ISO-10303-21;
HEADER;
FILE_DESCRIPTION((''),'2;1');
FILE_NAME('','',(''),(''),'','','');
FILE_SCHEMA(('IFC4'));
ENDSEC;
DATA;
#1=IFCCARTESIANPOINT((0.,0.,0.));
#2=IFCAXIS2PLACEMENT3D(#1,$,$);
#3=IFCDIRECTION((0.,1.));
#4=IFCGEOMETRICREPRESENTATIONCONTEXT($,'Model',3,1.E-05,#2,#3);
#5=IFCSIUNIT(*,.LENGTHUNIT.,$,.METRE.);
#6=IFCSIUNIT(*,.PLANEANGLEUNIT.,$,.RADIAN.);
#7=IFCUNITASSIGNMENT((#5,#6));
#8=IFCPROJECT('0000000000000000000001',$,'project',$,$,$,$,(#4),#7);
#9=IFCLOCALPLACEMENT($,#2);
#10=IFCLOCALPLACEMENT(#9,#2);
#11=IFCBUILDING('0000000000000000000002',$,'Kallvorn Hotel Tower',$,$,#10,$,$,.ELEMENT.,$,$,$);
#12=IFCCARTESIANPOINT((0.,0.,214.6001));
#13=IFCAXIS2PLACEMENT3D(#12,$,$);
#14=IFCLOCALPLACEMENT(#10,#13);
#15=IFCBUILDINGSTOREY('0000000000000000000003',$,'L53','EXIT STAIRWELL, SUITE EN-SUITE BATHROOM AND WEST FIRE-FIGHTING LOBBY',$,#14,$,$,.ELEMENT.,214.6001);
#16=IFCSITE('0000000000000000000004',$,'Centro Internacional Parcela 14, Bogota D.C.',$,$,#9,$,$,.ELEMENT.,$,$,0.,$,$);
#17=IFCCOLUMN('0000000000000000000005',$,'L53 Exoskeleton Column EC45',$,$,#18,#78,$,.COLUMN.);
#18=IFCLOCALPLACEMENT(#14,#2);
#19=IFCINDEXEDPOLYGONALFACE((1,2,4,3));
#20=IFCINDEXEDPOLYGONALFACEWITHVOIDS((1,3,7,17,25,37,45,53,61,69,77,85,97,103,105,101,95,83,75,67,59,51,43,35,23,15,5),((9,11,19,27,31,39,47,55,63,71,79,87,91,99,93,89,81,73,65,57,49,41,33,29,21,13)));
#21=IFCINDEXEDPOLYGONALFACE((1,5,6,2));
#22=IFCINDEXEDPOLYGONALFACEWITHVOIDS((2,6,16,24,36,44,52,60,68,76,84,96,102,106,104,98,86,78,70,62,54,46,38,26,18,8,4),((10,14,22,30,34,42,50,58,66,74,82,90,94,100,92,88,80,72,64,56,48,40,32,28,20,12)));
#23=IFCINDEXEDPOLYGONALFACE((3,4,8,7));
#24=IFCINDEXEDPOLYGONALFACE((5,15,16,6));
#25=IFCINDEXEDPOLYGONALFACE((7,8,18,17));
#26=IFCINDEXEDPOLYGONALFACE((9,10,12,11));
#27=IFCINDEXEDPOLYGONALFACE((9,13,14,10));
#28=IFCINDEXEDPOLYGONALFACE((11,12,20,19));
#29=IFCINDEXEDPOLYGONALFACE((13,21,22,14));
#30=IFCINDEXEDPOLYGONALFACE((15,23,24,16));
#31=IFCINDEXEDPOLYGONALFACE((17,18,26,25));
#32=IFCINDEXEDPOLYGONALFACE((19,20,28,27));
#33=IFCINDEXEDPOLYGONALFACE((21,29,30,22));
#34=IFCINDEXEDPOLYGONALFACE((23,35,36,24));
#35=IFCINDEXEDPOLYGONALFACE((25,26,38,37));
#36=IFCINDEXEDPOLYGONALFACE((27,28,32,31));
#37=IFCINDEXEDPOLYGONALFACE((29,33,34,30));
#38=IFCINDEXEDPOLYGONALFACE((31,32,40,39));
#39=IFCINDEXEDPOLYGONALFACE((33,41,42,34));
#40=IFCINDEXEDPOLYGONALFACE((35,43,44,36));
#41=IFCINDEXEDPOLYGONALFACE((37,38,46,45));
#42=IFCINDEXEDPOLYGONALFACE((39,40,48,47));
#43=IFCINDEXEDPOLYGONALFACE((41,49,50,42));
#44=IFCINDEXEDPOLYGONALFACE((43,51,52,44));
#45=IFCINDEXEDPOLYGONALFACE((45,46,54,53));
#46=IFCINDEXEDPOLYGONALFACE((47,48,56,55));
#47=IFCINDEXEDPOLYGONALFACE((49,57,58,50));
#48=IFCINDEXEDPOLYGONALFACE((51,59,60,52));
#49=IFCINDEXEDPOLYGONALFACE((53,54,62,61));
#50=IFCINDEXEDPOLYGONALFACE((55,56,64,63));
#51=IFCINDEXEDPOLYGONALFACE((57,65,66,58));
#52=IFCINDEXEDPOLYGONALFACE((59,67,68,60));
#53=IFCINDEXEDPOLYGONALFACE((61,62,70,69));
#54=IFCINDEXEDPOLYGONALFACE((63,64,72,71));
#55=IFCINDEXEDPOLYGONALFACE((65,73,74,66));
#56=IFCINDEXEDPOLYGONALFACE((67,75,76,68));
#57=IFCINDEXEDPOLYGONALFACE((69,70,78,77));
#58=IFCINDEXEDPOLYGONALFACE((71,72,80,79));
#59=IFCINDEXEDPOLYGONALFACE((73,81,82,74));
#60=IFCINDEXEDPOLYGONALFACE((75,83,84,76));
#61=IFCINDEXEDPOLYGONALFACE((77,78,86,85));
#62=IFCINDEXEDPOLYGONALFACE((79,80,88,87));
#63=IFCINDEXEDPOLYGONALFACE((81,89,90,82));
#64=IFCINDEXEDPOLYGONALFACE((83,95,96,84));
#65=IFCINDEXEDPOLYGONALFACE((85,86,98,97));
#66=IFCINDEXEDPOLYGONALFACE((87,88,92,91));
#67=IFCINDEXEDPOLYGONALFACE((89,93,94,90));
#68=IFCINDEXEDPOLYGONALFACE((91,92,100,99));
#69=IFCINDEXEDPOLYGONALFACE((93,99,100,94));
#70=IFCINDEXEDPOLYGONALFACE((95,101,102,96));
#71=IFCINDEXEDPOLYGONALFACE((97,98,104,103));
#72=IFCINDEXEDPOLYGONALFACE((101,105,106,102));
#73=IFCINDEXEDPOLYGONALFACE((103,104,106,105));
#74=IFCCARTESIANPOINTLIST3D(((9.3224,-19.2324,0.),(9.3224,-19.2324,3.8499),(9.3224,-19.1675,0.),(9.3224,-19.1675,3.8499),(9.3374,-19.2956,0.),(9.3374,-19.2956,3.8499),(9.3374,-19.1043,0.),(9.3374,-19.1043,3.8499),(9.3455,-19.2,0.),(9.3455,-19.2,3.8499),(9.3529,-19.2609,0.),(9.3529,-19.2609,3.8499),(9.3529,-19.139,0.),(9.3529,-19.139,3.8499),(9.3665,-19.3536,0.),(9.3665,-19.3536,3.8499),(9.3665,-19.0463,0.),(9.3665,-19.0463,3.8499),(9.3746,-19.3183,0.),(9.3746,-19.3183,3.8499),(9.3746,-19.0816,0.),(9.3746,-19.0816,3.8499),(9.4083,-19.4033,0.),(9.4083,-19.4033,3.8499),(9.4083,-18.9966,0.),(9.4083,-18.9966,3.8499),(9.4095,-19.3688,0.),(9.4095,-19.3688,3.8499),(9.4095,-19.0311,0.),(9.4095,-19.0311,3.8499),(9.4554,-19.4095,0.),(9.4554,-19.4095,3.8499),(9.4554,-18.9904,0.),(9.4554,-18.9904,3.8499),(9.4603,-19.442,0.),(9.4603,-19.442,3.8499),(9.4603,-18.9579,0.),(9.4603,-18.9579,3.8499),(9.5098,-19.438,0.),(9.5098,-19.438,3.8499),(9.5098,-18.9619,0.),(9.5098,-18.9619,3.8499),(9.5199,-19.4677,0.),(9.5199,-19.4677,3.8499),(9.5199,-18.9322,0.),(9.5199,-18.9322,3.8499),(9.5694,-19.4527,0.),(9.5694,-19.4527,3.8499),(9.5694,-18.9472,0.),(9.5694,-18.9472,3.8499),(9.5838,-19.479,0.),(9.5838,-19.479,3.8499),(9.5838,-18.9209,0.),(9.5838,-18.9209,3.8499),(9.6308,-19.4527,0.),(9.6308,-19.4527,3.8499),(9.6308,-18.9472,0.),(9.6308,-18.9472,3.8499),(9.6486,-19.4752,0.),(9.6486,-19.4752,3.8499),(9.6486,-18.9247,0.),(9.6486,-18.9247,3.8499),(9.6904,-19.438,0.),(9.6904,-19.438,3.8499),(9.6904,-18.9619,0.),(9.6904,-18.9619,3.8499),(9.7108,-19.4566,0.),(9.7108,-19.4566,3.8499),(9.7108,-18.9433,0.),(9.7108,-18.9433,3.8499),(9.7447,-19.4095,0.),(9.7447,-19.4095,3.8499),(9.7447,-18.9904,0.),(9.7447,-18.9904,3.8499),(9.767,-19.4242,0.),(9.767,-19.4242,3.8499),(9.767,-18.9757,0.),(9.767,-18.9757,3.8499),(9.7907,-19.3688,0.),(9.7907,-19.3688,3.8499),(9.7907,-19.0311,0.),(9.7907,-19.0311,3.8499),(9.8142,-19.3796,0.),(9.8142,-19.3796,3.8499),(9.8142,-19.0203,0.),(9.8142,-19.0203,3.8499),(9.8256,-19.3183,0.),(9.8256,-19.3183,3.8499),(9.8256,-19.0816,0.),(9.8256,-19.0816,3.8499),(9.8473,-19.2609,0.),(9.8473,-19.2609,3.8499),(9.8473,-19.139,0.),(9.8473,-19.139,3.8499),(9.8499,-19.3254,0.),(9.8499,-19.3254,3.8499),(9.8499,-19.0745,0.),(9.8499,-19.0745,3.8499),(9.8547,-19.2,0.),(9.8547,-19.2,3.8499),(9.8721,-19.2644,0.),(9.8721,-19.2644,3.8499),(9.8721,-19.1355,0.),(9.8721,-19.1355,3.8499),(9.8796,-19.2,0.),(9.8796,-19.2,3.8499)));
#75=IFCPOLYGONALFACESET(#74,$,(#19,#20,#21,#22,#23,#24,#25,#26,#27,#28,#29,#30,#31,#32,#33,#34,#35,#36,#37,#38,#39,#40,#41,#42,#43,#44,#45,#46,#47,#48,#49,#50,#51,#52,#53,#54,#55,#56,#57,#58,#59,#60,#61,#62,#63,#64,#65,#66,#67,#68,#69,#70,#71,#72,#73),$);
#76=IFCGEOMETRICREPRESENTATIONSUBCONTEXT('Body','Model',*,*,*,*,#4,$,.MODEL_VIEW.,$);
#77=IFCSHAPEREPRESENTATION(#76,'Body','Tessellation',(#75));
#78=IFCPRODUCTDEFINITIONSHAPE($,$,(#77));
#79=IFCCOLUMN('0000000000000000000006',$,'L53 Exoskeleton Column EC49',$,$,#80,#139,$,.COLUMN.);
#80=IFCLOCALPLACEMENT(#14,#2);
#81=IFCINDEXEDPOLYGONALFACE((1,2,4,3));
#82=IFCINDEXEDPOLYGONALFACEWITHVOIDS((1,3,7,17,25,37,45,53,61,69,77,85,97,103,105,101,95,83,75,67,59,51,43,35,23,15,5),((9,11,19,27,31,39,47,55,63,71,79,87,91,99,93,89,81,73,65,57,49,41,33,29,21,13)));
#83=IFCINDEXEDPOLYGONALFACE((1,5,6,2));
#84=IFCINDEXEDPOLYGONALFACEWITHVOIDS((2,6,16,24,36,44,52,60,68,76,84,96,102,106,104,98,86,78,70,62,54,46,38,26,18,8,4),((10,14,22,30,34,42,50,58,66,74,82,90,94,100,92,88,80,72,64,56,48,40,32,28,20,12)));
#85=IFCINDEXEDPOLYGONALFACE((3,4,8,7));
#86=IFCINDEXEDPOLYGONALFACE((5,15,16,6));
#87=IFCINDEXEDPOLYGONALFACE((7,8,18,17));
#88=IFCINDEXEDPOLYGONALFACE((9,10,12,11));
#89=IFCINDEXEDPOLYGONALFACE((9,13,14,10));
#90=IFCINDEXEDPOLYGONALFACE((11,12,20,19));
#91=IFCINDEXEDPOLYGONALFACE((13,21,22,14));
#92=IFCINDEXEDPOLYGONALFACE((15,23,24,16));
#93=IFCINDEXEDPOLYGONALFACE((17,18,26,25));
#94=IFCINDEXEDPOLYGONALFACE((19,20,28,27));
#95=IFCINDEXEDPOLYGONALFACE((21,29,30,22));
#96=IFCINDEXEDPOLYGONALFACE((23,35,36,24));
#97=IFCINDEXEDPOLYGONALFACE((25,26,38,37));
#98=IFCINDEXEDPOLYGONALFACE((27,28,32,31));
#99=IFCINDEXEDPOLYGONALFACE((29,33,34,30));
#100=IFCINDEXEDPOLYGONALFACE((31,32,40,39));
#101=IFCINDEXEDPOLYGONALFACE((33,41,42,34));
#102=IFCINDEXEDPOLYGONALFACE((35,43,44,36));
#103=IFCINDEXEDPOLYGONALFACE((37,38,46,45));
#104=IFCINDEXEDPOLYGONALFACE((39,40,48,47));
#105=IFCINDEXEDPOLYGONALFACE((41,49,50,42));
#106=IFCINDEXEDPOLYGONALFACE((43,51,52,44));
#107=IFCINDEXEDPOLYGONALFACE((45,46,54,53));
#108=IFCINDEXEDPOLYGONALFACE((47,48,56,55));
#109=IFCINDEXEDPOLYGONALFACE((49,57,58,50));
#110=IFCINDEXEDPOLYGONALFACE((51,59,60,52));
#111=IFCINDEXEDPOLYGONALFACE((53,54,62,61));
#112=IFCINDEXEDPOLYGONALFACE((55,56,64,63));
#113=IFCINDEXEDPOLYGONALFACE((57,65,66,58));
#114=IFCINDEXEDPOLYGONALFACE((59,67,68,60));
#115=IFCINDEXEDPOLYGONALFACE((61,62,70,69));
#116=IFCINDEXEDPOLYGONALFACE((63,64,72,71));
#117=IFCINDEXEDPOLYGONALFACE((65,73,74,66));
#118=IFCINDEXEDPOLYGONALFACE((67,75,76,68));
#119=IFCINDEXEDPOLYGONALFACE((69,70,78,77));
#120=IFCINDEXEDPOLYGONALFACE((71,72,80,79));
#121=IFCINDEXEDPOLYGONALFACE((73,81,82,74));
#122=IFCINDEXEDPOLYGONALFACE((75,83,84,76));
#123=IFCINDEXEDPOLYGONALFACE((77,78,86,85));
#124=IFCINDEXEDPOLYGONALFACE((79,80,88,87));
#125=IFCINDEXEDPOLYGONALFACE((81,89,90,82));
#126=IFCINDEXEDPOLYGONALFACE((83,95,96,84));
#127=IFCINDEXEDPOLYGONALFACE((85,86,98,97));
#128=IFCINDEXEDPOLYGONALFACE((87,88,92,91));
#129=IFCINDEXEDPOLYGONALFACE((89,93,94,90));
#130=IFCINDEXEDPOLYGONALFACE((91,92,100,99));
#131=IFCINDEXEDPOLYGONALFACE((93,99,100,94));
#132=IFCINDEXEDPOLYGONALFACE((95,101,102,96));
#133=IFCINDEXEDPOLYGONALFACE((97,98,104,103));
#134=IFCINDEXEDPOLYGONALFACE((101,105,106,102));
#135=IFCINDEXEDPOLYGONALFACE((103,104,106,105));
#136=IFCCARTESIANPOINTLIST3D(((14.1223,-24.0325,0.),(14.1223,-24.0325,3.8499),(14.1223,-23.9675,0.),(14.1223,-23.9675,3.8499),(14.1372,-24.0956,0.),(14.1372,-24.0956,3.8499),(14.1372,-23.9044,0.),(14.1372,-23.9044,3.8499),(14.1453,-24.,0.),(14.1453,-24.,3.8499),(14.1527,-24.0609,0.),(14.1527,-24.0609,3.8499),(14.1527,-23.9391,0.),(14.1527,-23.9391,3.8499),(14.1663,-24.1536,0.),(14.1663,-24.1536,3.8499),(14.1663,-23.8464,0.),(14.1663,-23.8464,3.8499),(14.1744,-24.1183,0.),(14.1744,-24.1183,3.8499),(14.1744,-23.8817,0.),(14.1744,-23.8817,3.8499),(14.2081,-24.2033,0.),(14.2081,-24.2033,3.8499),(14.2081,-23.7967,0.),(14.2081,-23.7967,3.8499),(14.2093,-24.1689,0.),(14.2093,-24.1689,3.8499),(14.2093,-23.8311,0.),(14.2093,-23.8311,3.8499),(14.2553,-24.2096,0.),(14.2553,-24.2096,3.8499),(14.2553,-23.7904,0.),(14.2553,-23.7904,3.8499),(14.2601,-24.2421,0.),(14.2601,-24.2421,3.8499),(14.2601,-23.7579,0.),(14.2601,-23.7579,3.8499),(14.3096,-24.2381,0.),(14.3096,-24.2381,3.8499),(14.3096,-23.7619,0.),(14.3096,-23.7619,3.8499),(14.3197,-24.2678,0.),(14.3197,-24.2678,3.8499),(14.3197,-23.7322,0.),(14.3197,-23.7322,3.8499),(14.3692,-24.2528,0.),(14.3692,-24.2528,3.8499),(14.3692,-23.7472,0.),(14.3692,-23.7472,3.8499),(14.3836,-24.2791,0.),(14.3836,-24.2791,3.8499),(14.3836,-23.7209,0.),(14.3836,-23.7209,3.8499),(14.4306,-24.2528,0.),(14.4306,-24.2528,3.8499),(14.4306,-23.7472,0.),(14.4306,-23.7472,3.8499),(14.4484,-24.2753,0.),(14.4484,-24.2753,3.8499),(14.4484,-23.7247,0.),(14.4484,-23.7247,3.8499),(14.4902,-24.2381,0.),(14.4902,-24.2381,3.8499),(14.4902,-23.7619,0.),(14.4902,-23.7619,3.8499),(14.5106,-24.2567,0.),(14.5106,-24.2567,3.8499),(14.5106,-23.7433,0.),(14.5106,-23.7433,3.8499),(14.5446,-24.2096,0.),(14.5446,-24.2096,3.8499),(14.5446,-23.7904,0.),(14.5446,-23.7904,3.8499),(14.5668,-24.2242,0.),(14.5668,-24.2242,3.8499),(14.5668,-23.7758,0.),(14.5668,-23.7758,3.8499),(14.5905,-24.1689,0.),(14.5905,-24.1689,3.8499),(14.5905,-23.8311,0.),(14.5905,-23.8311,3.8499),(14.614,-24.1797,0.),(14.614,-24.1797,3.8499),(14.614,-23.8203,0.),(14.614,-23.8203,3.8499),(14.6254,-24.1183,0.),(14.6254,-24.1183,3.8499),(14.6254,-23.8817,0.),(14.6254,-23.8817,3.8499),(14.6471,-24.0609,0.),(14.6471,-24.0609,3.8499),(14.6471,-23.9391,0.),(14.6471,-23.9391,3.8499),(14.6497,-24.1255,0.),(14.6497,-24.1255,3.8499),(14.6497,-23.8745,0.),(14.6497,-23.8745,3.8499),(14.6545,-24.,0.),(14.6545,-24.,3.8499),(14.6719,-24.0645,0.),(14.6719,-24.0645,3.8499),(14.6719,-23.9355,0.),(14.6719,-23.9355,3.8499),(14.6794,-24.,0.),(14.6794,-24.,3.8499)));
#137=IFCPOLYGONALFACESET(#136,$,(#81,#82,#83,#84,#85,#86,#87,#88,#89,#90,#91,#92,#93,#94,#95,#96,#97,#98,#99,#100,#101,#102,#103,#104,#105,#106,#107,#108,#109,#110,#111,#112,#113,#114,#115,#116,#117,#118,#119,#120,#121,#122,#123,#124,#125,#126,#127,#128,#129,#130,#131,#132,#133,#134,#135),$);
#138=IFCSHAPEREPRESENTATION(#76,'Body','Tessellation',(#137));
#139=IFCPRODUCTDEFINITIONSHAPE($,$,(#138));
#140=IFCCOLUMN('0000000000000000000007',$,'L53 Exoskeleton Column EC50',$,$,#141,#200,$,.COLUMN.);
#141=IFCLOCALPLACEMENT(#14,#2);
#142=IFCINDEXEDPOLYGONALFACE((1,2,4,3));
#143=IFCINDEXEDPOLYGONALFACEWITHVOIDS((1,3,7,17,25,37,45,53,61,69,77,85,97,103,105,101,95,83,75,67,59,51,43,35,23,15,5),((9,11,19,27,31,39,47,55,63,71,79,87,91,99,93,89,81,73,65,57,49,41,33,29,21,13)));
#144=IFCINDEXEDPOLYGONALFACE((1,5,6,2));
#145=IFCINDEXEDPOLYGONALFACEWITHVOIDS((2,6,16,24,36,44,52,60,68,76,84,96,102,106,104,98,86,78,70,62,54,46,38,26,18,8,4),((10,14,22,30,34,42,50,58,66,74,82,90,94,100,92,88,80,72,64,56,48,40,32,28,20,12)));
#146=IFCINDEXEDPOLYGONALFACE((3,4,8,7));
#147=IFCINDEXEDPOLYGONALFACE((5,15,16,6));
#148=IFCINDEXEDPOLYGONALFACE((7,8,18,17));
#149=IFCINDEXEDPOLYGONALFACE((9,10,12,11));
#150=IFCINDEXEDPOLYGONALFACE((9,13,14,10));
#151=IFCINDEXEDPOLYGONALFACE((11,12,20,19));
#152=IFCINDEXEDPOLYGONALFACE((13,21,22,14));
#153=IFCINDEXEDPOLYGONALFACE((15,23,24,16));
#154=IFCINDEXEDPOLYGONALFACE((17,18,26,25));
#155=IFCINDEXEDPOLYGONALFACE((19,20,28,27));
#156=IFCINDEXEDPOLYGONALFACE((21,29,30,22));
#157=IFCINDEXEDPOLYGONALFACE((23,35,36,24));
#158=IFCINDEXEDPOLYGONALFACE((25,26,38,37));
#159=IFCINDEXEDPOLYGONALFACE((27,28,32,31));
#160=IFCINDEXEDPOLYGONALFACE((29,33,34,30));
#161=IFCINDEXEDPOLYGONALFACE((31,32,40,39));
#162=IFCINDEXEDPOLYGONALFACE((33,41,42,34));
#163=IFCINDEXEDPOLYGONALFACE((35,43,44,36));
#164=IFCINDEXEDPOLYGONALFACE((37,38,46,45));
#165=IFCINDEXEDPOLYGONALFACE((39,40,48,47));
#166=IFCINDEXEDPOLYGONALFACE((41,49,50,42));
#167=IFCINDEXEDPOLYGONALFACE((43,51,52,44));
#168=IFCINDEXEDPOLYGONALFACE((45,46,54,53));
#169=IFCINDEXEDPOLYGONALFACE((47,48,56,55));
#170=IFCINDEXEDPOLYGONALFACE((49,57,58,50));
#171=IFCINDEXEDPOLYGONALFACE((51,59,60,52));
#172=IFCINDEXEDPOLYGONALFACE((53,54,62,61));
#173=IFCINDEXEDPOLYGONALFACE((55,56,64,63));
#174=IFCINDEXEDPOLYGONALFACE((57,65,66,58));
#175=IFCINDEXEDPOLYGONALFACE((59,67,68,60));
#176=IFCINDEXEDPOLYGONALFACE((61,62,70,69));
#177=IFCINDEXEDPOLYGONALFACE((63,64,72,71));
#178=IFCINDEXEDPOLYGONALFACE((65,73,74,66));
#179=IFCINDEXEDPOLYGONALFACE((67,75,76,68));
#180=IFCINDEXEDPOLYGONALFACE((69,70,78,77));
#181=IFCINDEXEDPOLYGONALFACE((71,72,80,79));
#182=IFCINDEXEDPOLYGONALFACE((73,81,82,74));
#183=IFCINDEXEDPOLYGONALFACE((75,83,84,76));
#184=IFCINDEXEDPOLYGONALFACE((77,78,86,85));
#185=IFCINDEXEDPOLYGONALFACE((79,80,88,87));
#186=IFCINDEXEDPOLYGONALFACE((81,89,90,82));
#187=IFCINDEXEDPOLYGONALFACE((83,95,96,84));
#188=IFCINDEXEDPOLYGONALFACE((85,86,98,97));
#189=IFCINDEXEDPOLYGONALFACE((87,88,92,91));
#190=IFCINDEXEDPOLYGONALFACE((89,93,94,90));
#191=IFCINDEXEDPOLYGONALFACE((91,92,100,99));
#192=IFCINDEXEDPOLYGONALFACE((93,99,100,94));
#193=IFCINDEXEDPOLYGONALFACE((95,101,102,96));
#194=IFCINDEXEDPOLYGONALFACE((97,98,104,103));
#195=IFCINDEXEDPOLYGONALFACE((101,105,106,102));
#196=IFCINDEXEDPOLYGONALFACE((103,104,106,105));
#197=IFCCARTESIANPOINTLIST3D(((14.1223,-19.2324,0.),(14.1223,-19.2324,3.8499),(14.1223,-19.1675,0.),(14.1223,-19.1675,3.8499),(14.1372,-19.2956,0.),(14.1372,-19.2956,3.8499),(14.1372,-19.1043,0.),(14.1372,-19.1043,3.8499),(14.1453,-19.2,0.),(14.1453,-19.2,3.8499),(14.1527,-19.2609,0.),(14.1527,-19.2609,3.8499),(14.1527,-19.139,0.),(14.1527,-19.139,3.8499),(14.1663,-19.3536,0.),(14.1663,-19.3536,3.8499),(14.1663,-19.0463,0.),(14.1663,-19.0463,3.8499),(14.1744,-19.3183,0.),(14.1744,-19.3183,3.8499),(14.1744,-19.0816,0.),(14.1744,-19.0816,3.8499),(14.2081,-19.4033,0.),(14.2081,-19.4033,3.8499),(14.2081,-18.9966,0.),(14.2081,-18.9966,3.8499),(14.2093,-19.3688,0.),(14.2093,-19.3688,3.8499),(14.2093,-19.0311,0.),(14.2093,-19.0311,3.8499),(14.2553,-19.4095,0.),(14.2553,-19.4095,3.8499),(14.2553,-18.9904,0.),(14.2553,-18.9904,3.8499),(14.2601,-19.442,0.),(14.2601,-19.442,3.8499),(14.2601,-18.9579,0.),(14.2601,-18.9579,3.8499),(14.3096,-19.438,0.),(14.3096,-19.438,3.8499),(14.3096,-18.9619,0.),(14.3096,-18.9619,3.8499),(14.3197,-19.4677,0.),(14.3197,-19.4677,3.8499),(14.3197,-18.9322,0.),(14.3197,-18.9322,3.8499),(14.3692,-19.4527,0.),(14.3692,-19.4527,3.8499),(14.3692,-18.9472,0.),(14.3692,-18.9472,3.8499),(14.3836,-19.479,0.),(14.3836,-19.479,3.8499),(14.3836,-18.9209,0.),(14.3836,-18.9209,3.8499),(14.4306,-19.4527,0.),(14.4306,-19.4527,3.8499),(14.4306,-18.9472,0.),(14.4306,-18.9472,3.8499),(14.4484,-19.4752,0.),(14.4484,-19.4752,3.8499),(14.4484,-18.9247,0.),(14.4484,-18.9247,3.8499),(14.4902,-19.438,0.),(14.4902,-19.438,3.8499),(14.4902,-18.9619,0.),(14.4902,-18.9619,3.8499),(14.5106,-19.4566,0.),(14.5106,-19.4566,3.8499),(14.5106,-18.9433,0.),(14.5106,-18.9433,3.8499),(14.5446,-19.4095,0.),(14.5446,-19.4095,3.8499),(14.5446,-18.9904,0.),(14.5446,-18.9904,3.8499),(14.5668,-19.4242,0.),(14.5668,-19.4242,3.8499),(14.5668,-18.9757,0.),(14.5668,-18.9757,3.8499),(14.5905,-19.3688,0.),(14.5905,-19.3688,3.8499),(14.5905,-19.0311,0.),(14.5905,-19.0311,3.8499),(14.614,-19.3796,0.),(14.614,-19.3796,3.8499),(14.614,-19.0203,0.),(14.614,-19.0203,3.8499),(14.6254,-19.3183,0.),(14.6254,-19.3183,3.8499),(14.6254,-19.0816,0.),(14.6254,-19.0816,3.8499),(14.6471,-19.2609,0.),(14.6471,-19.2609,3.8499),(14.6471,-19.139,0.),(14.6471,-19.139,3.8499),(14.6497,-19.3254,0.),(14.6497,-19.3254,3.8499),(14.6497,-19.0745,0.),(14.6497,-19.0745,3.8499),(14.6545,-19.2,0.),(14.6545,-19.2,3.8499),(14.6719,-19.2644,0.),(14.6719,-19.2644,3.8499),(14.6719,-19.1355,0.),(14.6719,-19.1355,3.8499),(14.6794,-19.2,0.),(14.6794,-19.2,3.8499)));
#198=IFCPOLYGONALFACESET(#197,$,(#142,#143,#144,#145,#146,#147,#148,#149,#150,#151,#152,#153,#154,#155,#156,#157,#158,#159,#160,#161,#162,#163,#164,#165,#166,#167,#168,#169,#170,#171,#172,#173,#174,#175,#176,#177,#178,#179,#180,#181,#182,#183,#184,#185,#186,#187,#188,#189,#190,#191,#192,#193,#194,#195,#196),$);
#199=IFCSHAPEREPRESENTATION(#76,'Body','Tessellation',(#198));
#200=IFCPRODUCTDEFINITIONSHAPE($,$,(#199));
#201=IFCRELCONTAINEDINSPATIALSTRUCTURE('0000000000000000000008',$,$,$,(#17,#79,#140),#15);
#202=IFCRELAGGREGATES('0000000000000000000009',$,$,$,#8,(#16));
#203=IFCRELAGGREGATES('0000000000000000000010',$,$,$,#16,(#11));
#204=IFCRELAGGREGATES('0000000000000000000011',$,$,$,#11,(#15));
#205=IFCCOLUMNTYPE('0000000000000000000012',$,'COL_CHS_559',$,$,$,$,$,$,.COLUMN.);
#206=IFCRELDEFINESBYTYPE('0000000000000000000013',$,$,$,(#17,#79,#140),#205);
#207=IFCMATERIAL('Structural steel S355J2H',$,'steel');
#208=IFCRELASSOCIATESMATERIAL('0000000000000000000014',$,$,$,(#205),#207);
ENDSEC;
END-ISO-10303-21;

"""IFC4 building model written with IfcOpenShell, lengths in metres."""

from ifc_helpers import new_model, si_unit, direction, frame, origin, origin_2d, place, context, subcontext, project, spatial, hollow_circle, extrude, material, material_profile, profile_set, type_object, element, save


model = new_model("IFC4")

# Units and contexts
model_context = context("Model", 3, precision=1e-05, world=origin(), true_north=direction((0.0, 1.0)))
body_context = subcontext(model_context, "Body", "Model", "MODEL_VIEW")
ifc_project = project(units=[si_unit("LENGTHUNIT", "METRE"), si_unit("PLANEANGLEUNIT", "RADIAN")], contexts=[model_context])

# Site, building, storey
site_placement = place(None, origin())
site = spatial("IfcSite", under=ifc_project, at=site_placement, Name="Centro Internacional Parcela 14, Bogota D.C.", CompositionType="ELEMENT", RefElevation=0.0)
building_placement = place(site_placement, origin())
building = spatial("IfcBuilding", under=site, at=building_placement, Name="Kallvorn Hotel Tower", CompositionType="ELEMENT")
storey_placement = place(building_placement, frame((0.0, 0.0, 214.6001)))
storey = spatial("IfcBuildingStorey", under=building, at=storey_placement, Name="L53", Description="EXIT STAIRWELL, SUITE EN-SUITE BATHROOM AND WEST FIRE-FIGHTING LOBBY", CompositionType="ELEMENT", Elevation=214.6001)

# Columns
ifc_material_1 = material(Name="Structural steel S355J2H", Category="steel")
ifc_material_profile_1 = material_profile(ifc_material_1, hollow_circle(Radius=0.2795, WallThickness=0.0249, at=origin_2d()), Name="CHS 559x25")
ifc_profile_set_1 = profile_set([ifc_material_profile_1], Name="Structural steel S355J2H")
column_type_1 = type_object("IfcColumnType", Name="COL_CHS_559", PredefinedType="COLUMN", material=ifc_profile_set_1)
for number, where, z_axis, x_axis, name in (
    (1, (9.6001, -19.2, 0.0), (0.0, 0.0, 1.0), (1.0, 0.0, 0.0), "L53 Exoskeleton Column EC45"),
    (2, (14.3999, -24.0, 0.0), (0.0, 0.0, 1.0), (1.0, 0.0, 0.0), "L53 Exoskeleton Column EC49"),
    (3, (14.3999, -19.2, 0.0), (0.0, 0.0, 1.0), (1.0, 0.0, 0.0), "L53 Exoskeleton Column EC50"),
):
    element("IfcColumn", number, at=place(storey_placement, frame(where, z_axis=z_axis, x_axis=x_axis)), inside=storey, type_object=column_type_1, Name=name, PredefinedType="COLUMN", context=body_context, shape_type="SweptSolid", body=[
        extrude(hollow_circle(Radius=0.2795, WallThickness=0.0249, at=origin_2d()), origin(), (0.0, 0.0, 1.0), 3.8499),
    ])

save(model, "model.ifc")
